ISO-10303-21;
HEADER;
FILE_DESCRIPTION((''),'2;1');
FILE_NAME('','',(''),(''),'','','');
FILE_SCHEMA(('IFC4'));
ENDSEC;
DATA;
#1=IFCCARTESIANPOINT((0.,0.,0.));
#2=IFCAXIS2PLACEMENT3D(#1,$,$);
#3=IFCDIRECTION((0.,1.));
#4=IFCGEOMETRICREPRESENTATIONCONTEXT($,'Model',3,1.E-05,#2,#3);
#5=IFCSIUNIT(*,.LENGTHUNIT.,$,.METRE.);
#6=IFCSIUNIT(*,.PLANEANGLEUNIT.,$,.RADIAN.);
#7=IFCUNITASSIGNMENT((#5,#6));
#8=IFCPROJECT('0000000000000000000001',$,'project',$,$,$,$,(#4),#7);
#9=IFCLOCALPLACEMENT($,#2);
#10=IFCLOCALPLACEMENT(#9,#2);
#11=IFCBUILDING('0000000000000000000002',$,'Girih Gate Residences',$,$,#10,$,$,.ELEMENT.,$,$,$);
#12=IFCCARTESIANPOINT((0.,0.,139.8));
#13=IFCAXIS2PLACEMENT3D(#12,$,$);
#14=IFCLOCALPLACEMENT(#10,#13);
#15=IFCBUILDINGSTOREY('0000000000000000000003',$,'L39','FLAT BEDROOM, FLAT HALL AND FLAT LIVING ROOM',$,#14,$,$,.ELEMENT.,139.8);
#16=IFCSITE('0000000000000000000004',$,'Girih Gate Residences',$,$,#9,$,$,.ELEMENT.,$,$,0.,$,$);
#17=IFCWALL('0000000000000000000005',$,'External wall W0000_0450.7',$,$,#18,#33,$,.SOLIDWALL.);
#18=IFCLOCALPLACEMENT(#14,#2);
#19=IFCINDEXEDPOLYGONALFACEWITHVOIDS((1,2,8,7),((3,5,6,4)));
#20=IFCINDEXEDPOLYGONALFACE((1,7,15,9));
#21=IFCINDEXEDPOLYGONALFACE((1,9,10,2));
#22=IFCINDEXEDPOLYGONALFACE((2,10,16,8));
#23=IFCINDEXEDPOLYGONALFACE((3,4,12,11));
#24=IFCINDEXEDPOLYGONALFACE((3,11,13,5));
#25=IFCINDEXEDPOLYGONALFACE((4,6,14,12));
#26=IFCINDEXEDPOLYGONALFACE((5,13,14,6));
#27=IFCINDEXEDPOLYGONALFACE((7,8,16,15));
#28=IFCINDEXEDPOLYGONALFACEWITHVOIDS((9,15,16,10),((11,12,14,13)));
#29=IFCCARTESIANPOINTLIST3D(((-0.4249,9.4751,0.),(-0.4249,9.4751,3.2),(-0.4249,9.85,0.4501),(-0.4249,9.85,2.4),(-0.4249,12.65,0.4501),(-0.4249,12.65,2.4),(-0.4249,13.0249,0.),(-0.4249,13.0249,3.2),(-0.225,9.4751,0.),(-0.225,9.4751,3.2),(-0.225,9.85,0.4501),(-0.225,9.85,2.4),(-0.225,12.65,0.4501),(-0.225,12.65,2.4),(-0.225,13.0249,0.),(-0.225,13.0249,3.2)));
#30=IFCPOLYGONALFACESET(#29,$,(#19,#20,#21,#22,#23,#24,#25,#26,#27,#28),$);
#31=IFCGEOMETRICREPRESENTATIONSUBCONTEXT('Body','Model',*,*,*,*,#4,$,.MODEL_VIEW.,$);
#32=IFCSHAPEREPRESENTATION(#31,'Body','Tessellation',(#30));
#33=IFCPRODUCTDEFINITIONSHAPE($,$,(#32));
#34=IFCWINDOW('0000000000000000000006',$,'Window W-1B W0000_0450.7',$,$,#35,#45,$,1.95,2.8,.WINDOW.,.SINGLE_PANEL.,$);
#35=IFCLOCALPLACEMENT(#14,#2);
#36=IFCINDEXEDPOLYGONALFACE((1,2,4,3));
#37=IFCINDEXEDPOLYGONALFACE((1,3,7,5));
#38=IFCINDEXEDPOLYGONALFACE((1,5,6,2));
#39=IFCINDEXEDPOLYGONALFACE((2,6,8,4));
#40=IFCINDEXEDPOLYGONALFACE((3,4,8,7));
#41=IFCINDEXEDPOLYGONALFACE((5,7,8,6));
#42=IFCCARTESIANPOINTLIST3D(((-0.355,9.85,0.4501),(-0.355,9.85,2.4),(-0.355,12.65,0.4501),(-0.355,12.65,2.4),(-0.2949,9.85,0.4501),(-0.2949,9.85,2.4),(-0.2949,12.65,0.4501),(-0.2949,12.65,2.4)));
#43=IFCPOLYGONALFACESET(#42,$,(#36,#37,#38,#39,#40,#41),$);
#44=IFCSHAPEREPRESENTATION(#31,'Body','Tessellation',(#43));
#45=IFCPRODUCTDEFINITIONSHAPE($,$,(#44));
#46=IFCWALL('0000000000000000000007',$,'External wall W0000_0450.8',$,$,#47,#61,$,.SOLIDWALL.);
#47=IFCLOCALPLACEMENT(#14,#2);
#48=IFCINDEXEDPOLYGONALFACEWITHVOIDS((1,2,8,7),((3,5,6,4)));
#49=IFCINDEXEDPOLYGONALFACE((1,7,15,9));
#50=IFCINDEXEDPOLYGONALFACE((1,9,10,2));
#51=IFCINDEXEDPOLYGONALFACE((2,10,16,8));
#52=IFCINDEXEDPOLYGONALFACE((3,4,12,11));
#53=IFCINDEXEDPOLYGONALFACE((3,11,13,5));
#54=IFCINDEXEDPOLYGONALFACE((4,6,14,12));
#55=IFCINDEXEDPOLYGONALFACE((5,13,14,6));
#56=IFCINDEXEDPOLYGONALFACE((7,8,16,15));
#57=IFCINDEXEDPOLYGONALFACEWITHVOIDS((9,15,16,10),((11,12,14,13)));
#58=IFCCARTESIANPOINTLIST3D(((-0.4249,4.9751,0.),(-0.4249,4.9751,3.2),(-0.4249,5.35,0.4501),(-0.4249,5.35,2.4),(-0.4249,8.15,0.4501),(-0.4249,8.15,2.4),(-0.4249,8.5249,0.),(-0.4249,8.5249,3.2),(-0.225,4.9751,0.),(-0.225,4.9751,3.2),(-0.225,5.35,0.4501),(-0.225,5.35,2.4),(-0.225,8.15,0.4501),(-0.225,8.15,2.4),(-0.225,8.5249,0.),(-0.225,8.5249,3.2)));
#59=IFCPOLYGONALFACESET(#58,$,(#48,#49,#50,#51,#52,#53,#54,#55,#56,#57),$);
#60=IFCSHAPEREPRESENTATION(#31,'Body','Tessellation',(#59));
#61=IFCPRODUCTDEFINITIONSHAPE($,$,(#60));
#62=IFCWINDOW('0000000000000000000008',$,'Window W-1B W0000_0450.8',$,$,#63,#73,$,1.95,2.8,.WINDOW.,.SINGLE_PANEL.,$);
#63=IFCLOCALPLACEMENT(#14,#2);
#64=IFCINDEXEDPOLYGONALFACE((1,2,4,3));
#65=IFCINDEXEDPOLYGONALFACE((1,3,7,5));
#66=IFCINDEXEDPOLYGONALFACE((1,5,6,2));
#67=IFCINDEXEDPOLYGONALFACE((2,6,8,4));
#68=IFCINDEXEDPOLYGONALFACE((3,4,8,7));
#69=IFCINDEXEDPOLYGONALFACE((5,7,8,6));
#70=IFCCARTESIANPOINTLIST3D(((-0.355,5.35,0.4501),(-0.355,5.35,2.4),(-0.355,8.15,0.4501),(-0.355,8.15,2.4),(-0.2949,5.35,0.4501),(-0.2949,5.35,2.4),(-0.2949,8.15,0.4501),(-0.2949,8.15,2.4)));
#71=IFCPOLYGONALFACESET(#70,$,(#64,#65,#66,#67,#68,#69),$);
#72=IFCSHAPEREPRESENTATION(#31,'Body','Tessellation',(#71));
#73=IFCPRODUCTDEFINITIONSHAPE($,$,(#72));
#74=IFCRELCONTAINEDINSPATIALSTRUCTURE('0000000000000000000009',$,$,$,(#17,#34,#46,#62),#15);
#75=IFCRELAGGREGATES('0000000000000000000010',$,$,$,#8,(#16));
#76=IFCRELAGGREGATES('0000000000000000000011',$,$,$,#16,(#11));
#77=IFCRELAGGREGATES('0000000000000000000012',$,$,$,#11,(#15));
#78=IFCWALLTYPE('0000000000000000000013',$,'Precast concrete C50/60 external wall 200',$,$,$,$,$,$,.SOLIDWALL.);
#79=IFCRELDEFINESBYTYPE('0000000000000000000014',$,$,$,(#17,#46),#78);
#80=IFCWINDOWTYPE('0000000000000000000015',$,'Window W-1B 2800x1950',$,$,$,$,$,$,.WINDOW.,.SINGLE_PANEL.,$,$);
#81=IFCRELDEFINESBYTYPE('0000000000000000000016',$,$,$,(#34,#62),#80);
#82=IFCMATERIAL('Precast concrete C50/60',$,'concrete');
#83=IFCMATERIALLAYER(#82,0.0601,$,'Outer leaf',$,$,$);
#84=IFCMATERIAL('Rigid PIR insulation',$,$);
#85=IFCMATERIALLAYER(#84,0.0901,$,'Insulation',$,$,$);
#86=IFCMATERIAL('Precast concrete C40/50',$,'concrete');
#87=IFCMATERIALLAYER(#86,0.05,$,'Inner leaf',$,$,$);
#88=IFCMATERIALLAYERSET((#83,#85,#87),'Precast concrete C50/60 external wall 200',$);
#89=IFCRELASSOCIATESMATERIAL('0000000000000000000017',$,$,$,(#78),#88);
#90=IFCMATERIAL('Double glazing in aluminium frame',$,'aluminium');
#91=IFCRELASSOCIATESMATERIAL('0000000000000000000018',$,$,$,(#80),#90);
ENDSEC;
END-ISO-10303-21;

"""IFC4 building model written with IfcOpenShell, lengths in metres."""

from ifc_helpers import new_model, si_unit, direction, frame, frame_2d, origin, place, context, subcontext, project, spatial, rectangle, extrude, material, layer, layer_set, type_object, element, fill, save


model = new_model("IFC4")

# Units and contexts
model_context = context("Model", 3, precision=1e-05, world=origin(), true_north=direction((0.0, 1.0)))
body_context = subcontext(model_context, "Body", "Model", "MODEL_VIEW")
ifc_project = project(units=[si_unit("LENGTHUNIT", "METRE"), si_unit("PLANEANGLEUNIT", "RADIAN")], contexts=[model_context])

# Site, building, storey
site_placement = place(None, origin())
site = spatial("IfcSite", under=ifc_project, at=site_placement, Name="Girih Gate Residences", CompositionType="ELEMENT", RefElevation=0.0)
building_placement = place(site_placement, origin())
building = spatial("IfcBuilding", under=site, at=building_placement, Name="Girih Gate Residences", CompositionType="ELEMENT")
storey_placement = place(building_placement, frame((0.0, 0.0, 139.8)))
storey = spatial("IfcBuildingStorey", under=building, at=storey_placement, Name="L39", Description="FLAT BEDROOM, FLAT HALL AND FLAT LIVING ROOM", CompositionType="ELEMENT", Elevation=139.8)

# Walls, openings, windows
ifc_material_1 = material(Name="Precast concrete C50/60", Category="concrete")
ifc_layer_1 = layer(ifc_material_1, 0.0601, Name="Outer leaf")
ifc_material_2 = material(Name="Rigid PIR insulation")
ifc_layer_2 = layer(ifc_material_2, 0.0901, Name="Insulation")
ifc_material_3 = material(Name="Precast concrete C40/50", Category="concrete")
ifc_layer_3 = layer(ifc_material_3, 0.05, Name="Inner leaf")
ifc_layer_set_1 = layer_set([ifc_layer_1, ifc_layer_2, ifc_layer_3], Name="Precast concrete C50/60 external wall 200")
wall_type_1 = type_object("IfcWallType", Name="Precast concrete C50/60 external wall 200", PredefinedType="SOLIDWALL", material=ifc_layer_set_1)
ifc_material_4 = material(Name="Double glazing in aluminium frame", Category="aluminium")
window_type = type_object("IfcWindowType", Name="Window W-1B 2800x1950", PartitioningType="SINGLE_PANEL", PredefinedType="WINDOW", material=ifc_material_4)
wall_1_placement = place(storey_placement, frame((-0.325, 9.4751, 0.0), z_axis=(0.0, 0.0, 1.0), x_axis=(0.0, 1.0, 0.0)))
wall_1 = element("IfcWall", 1, at=wall_1_placement, inside=storey, type_object=wall_type_1, Name="External wall W0000_0450.7", PredefinedType="SOLIDWALL", context=body_context, shape_type="SweptSolid", body=[
    extrude(rectangle(XDim=3.5498, YDim=0.2, at=frame_2d((1.7749, 0.0))), origin(), (0.0, 0.0, 1.0), 3.2),
])
opening_1_placement = place(wall_1_placement, frame((0.375, 0.0, 0.45)))
opening_1 = element("IfcOpeningElement", 2, at=opening_1_placement, cuts=wall_1, PredefinedType="OPENING", context=body_context, shape_type="SweptSolid", body=[
    extrude(rectangle(XDim=2.8, YDim=1.95, at=frame_2d((1.3999, 0.9751))), frame((0.0, 0.1099, 0.0), z_axis=(0.0, -1.0, 0.0), x_axis=(1.0, 0.0, 0.0)), (0.0, 0.0, 1.0), 0.22),
])
window_1_placement = place(opening_1_placement, origin())
window_1 = element("IfcWindow", 3, at=window_1_placement, inside=storey, type_object=window_type, Name="Window W-1B W0000_0450.7", OverallHeight=1.95, OverallWidth=2.8, PartitioningType="SINGLE_PANEL", PredefinedType="WINDOW", context=body_context, shape_type="SweptSolid", body=[
    extrude(rectangle(XDim=2.8, YDim=1.95, at=frame_2d((1.3999, 0.9751))), frame((0.0, 0.03, 0.0), z_axis=(0.0, -1.0, 0.0), x_axis=(1.0, 0.0, 0.0)), (0.0, 0.0, 1.0), 0.0601),
])
fill(opening_1, window_1)
wall_2_placement = place(storey_placement, frame((-0.325, 4.9751, 0.0), z_axis=(0.0, 0.0, 1.0), x_axis=(0.0, 1.0, 0.0)))
wall_2 = element("IfcWall", 4, at=wall_2_placement, inside=storey, type_object=wall_type_1, Name="External wall W0000_0450.8", PredefinedType="SOLIDWALL", context=body_context, shape_type="SweptSolid", body=[
    extrude(rectangle(XDim=3.5498, YDim=0.2, at=frame_2d((1.7749, 0.0))), origin(), (0.0, 0.0, 1.0), 3.2),
])
opening_2_placement = place(wall_2_placement, frame((0.375, 0.0, 0.45)))
opening_2 = element("IfcOpeningElement", 5, at=opening_2_placement, cuts=wall_2, PredefinedType="OPENING", context=body_context, shape_type="SweptSolid", body=[
    extrude(rectangle(XDim=2.8, YDim=1.95, at=frame_2d((1.3999, 0.9751))), frame((0.0, 0.1099, 0.0), z_axis=(0.0, -1.0, 0.0), x_axis=(1.0, 0.0, 0.0)), (0.0, 0.0, 1.0), 0.22),
])
window_2_placement = place(opening_2_placement, origin())
window_2 = element("IfcWindow", 6, at=window_2_placement, inside=storey, type_object=window_type, Name="Window W-1B W0000_0450.8", OverallHeight=1.95, OverallWidth=2.8, PartitioningType="SINGLE_PANEL", PredefinedType="WINDOW", context=body_context, shape_type="SweptSolid", body=[
    extrude(rectangle(XDim=2.8, YDim=1.95, at=frame_2d((1.3999, 0.9751))), frame((0.0, 0.03, 0.0), z_axis=(0.0, -1.0, 0.0), x_axis=(1.0, 0.0, 0.0)), (0.0, 0.0, 1.0), 0.0601),
])
fill(opening_2, window_2)

save(model, "model.ifc")
